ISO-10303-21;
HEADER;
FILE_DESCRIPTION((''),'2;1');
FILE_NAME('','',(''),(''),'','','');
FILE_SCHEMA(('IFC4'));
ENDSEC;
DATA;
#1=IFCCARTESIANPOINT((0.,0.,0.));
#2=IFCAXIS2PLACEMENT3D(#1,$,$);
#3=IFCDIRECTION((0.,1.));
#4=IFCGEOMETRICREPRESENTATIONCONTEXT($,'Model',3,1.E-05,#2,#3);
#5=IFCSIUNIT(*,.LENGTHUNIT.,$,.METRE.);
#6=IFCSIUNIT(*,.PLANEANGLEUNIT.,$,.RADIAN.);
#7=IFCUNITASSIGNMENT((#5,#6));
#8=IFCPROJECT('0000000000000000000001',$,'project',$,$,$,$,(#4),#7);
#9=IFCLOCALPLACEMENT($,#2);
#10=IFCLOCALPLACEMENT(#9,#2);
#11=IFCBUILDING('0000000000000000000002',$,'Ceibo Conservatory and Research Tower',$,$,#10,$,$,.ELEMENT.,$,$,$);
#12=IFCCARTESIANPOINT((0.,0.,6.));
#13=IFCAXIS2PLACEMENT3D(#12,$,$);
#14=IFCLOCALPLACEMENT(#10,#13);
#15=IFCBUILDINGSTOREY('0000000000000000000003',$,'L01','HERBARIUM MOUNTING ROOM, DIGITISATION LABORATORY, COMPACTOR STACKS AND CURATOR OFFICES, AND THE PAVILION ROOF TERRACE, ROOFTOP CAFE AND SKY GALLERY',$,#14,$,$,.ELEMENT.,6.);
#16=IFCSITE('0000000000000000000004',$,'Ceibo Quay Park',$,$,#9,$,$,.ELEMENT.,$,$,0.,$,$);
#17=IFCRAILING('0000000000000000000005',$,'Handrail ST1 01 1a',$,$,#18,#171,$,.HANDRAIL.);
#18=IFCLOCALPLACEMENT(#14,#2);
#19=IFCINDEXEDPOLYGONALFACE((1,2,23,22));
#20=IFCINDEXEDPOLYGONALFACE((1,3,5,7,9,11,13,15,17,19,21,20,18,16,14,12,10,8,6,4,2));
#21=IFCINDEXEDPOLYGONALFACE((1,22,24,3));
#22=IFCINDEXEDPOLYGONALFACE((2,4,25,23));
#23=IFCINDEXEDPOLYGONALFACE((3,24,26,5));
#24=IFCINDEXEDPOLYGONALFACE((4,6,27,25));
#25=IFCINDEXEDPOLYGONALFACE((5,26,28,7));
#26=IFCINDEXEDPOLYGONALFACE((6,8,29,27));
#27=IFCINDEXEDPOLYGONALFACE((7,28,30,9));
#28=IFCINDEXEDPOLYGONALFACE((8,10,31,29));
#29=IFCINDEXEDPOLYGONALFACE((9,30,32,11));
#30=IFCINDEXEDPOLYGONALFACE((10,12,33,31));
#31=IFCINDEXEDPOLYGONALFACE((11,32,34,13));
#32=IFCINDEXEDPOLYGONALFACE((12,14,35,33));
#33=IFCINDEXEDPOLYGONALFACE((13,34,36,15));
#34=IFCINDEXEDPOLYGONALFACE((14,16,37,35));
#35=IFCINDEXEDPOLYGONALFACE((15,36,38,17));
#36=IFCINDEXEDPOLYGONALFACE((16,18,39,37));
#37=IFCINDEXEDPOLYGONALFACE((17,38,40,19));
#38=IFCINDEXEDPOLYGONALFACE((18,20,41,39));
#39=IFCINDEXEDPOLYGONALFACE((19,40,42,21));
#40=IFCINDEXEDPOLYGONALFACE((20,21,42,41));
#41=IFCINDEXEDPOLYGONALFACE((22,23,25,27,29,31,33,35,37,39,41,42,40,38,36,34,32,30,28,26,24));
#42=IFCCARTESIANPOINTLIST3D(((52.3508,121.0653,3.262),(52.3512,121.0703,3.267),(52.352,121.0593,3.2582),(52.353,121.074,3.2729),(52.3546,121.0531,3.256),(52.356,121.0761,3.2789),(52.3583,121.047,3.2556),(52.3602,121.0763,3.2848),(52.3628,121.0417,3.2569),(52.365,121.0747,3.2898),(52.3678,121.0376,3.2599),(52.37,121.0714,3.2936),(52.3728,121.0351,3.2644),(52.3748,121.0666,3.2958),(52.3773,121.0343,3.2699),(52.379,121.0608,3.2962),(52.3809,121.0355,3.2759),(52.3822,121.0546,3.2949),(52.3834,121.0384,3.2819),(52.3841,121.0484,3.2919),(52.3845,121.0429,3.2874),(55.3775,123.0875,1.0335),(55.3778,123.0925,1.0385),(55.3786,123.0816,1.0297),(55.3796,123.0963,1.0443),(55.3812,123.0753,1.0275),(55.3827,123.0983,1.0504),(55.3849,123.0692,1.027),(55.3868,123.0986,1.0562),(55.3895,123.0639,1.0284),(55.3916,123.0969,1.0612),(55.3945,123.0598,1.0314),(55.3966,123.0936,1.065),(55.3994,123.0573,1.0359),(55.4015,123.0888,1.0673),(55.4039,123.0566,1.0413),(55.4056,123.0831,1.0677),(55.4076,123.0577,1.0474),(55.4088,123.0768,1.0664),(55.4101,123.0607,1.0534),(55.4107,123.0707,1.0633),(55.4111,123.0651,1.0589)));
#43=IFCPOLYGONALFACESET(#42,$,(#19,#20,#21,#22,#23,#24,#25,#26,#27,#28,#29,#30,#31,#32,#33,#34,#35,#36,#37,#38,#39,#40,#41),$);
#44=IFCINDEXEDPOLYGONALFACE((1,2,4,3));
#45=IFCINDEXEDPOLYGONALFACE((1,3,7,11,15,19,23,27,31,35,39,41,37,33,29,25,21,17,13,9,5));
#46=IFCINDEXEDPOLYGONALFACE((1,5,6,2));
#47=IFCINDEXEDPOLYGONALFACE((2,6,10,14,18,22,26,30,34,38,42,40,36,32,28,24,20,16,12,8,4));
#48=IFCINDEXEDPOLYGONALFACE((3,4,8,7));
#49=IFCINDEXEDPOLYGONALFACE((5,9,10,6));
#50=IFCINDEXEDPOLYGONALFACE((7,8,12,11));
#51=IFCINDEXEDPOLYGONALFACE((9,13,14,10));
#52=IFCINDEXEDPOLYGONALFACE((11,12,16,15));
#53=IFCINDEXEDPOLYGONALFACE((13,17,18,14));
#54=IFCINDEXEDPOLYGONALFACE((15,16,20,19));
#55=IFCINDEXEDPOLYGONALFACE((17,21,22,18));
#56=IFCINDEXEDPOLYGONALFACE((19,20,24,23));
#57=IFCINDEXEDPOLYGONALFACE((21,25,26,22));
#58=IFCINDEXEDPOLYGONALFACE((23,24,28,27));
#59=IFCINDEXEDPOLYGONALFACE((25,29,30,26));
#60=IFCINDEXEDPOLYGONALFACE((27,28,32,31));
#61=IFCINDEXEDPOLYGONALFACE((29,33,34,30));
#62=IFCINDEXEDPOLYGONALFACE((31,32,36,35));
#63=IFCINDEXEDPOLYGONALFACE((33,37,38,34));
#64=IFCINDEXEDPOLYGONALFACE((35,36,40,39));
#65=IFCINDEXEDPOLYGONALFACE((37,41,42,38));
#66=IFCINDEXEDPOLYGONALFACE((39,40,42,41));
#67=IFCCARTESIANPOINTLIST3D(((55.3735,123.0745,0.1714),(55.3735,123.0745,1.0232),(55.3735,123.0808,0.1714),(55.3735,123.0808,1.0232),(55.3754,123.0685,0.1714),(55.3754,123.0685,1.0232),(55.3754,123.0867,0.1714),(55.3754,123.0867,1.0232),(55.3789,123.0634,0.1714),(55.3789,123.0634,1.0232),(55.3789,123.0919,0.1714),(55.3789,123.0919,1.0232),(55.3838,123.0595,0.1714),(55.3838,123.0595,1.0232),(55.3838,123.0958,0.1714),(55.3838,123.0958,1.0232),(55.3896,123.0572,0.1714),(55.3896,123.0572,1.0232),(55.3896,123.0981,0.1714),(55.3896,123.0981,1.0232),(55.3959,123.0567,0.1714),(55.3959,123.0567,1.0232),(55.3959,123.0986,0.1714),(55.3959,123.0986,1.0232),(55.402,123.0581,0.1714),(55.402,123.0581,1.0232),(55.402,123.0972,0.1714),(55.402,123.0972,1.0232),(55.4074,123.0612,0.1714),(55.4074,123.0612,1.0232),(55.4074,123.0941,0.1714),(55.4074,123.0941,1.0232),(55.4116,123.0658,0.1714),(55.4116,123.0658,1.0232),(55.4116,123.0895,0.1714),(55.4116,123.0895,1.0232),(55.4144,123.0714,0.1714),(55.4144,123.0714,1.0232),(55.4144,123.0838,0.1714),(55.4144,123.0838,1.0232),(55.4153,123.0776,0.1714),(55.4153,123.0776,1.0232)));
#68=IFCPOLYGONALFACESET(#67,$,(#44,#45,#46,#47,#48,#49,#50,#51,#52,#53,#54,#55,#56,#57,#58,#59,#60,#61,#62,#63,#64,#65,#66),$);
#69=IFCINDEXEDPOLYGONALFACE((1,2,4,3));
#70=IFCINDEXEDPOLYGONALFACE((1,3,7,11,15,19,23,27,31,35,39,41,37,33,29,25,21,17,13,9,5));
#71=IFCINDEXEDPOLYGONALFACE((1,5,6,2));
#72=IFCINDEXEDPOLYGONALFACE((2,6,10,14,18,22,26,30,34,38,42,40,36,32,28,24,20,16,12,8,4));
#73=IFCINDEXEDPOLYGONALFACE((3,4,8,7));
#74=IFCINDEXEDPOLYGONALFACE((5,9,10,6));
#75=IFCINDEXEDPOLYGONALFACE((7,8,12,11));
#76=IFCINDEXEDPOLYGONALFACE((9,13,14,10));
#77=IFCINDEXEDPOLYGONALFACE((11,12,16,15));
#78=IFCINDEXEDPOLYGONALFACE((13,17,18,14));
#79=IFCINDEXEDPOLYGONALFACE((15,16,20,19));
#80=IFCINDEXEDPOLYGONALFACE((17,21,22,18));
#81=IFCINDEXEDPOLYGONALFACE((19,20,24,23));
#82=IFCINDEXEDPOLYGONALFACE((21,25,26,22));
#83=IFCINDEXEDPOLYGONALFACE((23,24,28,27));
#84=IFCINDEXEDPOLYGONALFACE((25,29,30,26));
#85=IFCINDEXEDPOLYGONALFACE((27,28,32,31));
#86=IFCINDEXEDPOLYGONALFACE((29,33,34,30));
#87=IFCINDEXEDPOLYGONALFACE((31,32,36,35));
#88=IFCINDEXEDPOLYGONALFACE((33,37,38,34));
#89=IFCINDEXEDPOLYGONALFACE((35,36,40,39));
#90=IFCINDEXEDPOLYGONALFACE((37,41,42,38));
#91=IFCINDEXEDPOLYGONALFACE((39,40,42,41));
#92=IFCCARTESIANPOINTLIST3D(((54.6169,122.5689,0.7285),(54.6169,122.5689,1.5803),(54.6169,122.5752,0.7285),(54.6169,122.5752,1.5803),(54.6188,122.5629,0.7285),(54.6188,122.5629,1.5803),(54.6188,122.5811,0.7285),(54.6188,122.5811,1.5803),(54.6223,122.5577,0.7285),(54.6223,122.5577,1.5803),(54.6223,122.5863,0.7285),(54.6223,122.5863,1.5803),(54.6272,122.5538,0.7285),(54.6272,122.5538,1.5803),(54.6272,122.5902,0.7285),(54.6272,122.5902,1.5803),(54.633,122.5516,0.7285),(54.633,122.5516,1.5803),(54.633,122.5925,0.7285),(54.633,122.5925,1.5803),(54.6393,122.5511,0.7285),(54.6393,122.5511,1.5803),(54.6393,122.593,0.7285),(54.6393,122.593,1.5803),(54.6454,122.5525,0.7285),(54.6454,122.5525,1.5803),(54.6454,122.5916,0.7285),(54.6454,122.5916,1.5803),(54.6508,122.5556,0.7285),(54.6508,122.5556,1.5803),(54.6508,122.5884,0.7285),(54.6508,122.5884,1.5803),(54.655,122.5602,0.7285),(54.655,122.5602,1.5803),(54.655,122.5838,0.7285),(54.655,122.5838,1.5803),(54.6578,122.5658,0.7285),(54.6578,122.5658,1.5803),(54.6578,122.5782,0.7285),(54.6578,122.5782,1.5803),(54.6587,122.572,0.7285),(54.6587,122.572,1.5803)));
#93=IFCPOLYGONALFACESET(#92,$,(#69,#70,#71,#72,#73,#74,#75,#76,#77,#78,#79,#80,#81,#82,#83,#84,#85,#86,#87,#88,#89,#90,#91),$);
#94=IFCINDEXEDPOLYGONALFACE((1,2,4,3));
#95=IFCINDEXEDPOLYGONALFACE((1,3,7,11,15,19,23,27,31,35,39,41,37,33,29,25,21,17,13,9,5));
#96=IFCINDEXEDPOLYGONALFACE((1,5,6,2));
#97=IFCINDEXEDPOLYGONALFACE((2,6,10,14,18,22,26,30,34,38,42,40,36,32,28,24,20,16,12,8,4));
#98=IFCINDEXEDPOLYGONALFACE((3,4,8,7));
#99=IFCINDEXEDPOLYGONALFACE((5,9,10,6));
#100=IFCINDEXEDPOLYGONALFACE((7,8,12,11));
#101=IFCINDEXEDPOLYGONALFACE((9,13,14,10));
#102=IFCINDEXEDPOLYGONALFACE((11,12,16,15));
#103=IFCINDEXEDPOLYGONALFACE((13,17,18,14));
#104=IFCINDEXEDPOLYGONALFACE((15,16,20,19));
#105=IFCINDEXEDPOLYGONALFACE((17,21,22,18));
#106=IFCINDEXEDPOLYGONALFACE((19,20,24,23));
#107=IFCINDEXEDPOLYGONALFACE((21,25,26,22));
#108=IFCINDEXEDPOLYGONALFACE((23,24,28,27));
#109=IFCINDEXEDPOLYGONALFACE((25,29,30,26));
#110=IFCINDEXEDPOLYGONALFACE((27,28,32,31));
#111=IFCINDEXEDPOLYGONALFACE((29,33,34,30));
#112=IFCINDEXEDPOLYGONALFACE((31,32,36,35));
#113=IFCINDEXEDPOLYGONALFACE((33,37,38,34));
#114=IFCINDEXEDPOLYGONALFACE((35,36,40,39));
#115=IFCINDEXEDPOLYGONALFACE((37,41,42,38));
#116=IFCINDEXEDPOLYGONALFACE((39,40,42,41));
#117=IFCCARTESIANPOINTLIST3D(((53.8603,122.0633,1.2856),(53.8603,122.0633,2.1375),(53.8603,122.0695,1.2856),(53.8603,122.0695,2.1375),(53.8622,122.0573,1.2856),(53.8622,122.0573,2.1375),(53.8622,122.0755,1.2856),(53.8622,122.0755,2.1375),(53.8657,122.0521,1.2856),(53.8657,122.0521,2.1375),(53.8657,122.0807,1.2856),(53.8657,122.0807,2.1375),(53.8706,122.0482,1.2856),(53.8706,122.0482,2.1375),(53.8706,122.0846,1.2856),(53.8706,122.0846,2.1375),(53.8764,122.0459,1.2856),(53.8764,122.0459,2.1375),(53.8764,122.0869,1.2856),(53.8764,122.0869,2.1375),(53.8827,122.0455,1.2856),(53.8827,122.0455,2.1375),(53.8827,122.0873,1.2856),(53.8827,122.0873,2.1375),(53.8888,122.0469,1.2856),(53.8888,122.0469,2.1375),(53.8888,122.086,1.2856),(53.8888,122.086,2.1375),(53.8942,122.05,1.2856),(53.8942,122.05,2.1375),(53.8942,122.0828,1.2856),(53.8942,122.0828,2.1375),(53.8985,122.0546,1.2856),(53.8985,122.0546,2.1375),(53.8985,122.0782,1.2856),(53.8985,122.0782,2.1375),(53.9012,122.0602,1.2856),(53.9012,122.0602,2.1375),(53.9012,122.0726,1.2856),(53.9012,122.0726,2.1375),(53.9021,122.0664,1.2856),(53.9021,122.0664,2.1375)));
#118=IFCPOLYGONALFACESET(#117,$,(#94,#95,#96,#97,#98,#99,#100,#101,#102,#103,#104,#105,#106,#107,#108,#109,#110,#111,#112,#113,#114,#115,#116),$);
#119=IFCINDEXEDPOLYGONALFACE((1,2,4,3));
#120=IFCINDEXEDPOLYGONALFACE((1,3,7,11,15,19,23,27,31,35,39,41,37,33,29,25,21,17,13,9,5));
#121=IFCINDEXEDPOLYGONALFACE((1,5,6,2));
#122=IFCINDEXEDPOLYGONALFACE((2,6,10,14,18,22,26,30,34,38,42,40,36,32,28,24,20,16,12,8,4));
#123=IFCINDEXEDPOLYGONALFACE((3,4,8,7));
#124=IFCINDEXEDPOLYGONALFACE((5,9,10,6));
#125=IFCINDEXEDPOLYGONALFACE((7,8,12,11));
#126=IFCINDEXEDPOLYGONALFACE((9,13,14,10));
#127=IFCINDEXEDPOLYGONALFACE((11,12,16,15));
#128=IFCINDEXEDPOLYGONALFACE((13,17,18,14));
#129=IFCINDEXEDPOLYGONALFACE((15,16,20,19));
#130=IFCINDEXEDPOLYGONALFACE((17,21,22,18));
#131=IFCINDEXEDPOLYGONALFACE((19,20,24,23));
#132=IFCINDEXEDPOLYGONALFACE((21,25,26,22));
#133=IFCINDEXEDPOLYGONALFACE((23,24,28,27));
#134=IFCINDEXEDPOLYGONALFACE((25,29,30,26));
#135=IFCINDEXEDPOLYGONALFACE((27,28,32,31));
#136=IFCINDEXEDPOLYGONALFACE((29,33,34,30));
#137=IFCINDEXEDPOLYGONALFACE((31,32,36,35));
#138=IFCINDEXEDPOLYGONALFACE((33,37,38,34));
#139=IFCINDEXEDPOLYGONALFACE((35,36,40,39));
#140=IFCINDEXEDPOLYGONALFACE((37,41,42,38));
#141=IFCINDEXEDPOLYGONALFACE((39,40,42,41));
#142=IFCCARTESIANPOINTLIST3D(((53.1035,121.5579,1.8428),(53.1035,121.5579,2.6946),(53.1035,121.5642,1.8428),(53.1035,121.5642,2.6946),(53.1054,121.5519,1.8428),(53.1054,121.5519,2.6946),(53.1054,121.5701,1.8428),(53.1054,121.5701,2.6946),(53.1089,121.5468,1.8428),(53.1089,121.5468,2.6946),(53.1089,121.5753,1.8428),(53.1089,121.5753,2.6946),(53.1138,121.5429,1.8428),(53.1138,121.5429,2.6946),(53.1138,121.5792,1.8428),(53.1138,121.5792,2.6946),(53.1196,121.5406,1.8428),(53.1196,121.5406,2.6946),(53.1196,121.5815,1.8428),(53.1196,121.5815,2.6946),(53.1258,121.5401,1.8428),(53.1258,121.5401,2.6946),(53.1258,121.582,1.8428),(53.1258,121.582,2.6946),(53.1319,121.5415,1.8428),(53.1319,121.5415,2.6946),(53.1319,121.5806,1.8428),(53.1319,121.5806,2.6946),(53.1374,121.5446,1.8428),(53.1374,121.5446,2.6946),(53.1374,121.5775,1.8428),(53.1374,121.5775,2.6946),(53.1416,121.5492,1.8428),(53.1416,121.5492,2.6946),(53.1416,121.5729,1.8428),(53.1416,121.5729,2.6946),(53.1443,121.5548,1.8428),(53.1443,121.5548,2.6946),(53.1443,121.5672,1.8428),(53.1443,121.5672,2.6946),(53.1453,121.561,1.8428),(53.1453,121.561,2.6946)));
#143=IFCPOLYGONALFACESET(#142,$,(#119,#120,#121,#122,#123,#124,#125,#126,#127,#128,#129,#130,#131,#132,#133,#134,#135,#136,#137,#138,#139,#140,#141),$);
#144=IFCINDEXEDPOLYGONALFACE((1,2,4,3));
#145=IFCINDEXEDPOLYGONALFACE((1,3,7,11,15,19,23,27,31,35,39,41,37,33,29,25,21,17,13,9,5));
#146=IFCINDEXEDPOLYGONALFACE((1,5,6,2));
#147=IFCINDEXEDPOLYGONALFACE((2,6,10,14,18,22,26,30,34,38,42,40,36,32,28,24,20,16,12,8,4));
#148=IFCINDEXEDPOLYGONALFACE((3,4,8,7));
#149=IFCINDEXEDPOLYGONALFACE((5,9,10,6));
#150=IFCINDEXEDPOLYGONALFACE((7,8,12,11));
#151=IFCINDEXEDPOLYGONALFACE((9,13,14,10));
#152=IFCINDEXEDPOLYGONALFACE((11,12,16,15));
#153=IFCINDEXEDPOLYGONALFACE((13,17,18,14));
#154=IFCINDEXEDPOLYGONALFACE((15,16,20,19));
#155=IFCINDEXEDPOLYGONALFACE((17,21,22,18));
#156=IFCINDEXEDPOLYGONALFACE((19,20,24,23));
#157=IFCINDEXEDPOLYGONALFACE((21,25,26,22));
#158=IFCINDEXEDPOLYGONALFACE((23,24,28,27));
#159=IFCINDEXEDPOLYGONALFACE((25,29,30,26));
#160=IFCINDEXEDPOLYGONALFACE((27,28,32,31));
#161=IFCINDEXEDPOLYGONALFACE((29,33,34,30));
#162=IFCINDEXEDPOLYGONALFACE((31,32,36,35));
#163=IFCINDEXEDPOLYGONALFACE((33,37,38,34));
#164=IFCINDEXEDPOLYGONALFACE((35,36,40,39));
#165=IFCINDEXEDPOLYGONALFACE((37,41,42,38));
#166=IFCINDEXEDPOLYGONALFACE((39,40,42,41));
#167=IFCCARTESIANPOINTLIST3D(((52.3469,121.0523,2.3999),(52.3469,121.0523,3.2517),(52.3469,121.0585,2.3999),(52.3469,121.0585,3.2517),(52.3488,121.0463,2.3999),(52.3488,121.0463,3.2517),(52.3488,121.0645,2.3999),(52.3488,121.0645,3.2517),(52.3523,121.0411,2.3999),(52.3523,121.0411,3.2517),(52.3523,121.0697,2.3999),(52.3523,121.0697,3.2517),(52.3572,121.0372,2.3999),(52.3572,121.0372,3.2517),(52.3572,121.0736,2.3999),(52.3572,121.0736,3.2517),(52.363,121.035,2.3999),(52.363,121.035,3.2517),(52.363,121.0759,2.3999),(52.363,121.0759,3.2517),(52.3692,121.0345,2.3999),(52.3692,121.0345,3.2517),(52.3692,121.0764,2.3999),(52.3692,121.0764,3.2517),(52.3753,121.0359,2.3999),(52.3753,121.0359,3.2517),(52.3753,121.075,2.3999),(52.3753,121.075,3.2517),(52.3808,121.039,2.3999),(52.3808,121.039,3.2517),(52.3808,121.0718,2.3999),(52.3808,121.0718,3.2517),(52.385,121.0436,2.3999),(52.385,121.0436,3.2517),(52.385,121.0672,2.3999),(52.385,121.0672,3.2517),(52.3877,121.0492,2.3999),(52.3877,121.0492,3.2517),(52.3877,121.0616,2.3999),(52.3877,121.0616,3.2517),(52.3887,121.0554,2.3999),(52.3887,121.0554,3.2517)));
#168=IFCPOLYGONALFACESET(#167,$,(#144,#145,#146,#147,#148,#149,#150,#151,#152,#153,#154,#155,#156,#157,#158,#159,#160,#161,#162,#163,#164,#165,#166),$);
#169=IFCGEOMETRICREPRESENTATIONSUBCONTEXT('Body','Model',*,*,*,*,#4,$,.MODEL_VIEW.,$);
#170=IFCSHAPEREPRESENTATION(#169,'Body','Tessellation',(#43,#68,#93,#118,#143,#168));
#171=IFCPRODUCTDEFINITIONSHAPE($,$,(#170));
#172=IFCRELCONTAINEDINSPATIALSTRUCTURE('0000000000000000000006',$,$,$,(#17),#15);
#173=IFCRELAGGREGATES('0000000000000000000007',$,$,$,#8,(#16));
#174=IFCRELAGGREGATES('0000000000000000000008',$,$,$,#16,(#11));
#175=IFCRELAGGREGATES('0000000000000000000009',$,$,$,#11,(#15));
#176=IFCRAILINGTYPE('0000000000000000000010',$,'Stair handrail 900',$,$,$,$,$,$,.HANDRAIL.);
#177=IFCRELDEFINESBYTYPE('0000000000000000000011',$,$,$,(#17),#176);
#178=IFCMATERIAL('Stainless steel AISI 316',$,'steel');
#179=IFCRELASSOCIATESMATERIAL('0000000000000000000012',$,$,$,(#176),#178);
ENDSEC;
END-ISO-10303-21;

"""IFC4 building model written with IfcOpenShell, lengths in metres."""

from ifc_helpers import new_model, si_unit, direction, frame, origin, origin_2d, place, context, subcontext, project, spatial, circle, extrude, material, type_object, element, save


model = new_model("IFC4")

# Units and contexts
model_context = context("Model", 3, precision=1e-05, world=origin(), true_north=direction((0.0, 1.0)))
body_context = subcontext(model_context, "Body", "Model", "MODEL_VIEW")
ifc_project = project(units=[si_unit("LENGTHUNIT", "METRE"), si_unit("PLANEANGLEUNIT", "RADIAN")], contexts=[model_context])

# Site, building, storey
site_placement = place(None, origin())
site = spatial("IfcSite", under=ifc_project, at=site_placement, Name="Ceibo Quay Park", CompositionType="ELEMENT", RefElevation=0.0)
building_placement = place(site_placement, origin())
building = spatial("IfcBuilding", under=site, at=building_placement, Name="Ceibo Conservatory and Research Tower", CompositionType="ELEMENT")
storey_placement = place(building_placement, frame((0.0, 0.0, 6.0)))
storey = spatial("IfcBuildingStorey", under=building, at=storey_placement, Name="L01", Description="HERBARIUM MOUNTING ROOM, DIGITISATION LABORATORY, COMPACTOR STACKS AND CURATOR OFFICES, AND THE PAVILION ROOF TERRACE, ROOFTOP CAFE AND SKY GALLERY", CompositionType="ELEMENT", Elevation=6.0)

# Railing
ifc_material_1 = material(Name="Stainless steel AISI 316", Category="steel")
railing_type = type_object("IfcRailingType", Name="Stair handrail 900", PredefinedType="HANDRAIL", material=ifc_material_1)
railing_1_placement = place(storey_placement, frame((55.3943, 123.0776, 0.1714)))
element("IfcRailing", 1, at=railing_1_placement, inside=storey, type_object=railing_type, Name="Handrail ST1 01 1a", PredefinedType="HANDRAIL", context=body_context, shape_type="SweptSolid", body=[
    extrude(circle(Radius=0.0239, at=origin_2d()), frame((0.0, 0.0, 0.876), z_axis=(-0.709137, -0.473806, 0.522142), x_axis=(0.555551, -0.831482, 0.0)), (0.0, 0.0, 1.0), 4.2681),
    extrude(circle(Radius=0.021, at=origin_2d()), origin(), (0.0, 0.0, 1.0), 0.8518),
    extrude(circle(Radius=0.021, at=origin_2d()), frame((-0.7566, -0.5056, 0.5571)), (0.0, 0.0, 1.0), 0.8518),
    extrude(circle(Radius=0.021, at=origin_2d()), frame((-1.5132, -1.0112, 1.1143)), (0.0, 0.0, 1.0), 0.8518),
    extrude(circle(Radius=0.021, at=origin_2d()), frame((-2.27, -1.5166, 1.6714)), (0.0, 0.0, 1.0), 0.8518),
    extrude(circle(Radius=0.021, at=origin_2d()), frame((-3.0266, -2.0222, 2.2285)), (0.0, 0.0, 1.0), 0.8518),
])

save(model, "model.ifc")
